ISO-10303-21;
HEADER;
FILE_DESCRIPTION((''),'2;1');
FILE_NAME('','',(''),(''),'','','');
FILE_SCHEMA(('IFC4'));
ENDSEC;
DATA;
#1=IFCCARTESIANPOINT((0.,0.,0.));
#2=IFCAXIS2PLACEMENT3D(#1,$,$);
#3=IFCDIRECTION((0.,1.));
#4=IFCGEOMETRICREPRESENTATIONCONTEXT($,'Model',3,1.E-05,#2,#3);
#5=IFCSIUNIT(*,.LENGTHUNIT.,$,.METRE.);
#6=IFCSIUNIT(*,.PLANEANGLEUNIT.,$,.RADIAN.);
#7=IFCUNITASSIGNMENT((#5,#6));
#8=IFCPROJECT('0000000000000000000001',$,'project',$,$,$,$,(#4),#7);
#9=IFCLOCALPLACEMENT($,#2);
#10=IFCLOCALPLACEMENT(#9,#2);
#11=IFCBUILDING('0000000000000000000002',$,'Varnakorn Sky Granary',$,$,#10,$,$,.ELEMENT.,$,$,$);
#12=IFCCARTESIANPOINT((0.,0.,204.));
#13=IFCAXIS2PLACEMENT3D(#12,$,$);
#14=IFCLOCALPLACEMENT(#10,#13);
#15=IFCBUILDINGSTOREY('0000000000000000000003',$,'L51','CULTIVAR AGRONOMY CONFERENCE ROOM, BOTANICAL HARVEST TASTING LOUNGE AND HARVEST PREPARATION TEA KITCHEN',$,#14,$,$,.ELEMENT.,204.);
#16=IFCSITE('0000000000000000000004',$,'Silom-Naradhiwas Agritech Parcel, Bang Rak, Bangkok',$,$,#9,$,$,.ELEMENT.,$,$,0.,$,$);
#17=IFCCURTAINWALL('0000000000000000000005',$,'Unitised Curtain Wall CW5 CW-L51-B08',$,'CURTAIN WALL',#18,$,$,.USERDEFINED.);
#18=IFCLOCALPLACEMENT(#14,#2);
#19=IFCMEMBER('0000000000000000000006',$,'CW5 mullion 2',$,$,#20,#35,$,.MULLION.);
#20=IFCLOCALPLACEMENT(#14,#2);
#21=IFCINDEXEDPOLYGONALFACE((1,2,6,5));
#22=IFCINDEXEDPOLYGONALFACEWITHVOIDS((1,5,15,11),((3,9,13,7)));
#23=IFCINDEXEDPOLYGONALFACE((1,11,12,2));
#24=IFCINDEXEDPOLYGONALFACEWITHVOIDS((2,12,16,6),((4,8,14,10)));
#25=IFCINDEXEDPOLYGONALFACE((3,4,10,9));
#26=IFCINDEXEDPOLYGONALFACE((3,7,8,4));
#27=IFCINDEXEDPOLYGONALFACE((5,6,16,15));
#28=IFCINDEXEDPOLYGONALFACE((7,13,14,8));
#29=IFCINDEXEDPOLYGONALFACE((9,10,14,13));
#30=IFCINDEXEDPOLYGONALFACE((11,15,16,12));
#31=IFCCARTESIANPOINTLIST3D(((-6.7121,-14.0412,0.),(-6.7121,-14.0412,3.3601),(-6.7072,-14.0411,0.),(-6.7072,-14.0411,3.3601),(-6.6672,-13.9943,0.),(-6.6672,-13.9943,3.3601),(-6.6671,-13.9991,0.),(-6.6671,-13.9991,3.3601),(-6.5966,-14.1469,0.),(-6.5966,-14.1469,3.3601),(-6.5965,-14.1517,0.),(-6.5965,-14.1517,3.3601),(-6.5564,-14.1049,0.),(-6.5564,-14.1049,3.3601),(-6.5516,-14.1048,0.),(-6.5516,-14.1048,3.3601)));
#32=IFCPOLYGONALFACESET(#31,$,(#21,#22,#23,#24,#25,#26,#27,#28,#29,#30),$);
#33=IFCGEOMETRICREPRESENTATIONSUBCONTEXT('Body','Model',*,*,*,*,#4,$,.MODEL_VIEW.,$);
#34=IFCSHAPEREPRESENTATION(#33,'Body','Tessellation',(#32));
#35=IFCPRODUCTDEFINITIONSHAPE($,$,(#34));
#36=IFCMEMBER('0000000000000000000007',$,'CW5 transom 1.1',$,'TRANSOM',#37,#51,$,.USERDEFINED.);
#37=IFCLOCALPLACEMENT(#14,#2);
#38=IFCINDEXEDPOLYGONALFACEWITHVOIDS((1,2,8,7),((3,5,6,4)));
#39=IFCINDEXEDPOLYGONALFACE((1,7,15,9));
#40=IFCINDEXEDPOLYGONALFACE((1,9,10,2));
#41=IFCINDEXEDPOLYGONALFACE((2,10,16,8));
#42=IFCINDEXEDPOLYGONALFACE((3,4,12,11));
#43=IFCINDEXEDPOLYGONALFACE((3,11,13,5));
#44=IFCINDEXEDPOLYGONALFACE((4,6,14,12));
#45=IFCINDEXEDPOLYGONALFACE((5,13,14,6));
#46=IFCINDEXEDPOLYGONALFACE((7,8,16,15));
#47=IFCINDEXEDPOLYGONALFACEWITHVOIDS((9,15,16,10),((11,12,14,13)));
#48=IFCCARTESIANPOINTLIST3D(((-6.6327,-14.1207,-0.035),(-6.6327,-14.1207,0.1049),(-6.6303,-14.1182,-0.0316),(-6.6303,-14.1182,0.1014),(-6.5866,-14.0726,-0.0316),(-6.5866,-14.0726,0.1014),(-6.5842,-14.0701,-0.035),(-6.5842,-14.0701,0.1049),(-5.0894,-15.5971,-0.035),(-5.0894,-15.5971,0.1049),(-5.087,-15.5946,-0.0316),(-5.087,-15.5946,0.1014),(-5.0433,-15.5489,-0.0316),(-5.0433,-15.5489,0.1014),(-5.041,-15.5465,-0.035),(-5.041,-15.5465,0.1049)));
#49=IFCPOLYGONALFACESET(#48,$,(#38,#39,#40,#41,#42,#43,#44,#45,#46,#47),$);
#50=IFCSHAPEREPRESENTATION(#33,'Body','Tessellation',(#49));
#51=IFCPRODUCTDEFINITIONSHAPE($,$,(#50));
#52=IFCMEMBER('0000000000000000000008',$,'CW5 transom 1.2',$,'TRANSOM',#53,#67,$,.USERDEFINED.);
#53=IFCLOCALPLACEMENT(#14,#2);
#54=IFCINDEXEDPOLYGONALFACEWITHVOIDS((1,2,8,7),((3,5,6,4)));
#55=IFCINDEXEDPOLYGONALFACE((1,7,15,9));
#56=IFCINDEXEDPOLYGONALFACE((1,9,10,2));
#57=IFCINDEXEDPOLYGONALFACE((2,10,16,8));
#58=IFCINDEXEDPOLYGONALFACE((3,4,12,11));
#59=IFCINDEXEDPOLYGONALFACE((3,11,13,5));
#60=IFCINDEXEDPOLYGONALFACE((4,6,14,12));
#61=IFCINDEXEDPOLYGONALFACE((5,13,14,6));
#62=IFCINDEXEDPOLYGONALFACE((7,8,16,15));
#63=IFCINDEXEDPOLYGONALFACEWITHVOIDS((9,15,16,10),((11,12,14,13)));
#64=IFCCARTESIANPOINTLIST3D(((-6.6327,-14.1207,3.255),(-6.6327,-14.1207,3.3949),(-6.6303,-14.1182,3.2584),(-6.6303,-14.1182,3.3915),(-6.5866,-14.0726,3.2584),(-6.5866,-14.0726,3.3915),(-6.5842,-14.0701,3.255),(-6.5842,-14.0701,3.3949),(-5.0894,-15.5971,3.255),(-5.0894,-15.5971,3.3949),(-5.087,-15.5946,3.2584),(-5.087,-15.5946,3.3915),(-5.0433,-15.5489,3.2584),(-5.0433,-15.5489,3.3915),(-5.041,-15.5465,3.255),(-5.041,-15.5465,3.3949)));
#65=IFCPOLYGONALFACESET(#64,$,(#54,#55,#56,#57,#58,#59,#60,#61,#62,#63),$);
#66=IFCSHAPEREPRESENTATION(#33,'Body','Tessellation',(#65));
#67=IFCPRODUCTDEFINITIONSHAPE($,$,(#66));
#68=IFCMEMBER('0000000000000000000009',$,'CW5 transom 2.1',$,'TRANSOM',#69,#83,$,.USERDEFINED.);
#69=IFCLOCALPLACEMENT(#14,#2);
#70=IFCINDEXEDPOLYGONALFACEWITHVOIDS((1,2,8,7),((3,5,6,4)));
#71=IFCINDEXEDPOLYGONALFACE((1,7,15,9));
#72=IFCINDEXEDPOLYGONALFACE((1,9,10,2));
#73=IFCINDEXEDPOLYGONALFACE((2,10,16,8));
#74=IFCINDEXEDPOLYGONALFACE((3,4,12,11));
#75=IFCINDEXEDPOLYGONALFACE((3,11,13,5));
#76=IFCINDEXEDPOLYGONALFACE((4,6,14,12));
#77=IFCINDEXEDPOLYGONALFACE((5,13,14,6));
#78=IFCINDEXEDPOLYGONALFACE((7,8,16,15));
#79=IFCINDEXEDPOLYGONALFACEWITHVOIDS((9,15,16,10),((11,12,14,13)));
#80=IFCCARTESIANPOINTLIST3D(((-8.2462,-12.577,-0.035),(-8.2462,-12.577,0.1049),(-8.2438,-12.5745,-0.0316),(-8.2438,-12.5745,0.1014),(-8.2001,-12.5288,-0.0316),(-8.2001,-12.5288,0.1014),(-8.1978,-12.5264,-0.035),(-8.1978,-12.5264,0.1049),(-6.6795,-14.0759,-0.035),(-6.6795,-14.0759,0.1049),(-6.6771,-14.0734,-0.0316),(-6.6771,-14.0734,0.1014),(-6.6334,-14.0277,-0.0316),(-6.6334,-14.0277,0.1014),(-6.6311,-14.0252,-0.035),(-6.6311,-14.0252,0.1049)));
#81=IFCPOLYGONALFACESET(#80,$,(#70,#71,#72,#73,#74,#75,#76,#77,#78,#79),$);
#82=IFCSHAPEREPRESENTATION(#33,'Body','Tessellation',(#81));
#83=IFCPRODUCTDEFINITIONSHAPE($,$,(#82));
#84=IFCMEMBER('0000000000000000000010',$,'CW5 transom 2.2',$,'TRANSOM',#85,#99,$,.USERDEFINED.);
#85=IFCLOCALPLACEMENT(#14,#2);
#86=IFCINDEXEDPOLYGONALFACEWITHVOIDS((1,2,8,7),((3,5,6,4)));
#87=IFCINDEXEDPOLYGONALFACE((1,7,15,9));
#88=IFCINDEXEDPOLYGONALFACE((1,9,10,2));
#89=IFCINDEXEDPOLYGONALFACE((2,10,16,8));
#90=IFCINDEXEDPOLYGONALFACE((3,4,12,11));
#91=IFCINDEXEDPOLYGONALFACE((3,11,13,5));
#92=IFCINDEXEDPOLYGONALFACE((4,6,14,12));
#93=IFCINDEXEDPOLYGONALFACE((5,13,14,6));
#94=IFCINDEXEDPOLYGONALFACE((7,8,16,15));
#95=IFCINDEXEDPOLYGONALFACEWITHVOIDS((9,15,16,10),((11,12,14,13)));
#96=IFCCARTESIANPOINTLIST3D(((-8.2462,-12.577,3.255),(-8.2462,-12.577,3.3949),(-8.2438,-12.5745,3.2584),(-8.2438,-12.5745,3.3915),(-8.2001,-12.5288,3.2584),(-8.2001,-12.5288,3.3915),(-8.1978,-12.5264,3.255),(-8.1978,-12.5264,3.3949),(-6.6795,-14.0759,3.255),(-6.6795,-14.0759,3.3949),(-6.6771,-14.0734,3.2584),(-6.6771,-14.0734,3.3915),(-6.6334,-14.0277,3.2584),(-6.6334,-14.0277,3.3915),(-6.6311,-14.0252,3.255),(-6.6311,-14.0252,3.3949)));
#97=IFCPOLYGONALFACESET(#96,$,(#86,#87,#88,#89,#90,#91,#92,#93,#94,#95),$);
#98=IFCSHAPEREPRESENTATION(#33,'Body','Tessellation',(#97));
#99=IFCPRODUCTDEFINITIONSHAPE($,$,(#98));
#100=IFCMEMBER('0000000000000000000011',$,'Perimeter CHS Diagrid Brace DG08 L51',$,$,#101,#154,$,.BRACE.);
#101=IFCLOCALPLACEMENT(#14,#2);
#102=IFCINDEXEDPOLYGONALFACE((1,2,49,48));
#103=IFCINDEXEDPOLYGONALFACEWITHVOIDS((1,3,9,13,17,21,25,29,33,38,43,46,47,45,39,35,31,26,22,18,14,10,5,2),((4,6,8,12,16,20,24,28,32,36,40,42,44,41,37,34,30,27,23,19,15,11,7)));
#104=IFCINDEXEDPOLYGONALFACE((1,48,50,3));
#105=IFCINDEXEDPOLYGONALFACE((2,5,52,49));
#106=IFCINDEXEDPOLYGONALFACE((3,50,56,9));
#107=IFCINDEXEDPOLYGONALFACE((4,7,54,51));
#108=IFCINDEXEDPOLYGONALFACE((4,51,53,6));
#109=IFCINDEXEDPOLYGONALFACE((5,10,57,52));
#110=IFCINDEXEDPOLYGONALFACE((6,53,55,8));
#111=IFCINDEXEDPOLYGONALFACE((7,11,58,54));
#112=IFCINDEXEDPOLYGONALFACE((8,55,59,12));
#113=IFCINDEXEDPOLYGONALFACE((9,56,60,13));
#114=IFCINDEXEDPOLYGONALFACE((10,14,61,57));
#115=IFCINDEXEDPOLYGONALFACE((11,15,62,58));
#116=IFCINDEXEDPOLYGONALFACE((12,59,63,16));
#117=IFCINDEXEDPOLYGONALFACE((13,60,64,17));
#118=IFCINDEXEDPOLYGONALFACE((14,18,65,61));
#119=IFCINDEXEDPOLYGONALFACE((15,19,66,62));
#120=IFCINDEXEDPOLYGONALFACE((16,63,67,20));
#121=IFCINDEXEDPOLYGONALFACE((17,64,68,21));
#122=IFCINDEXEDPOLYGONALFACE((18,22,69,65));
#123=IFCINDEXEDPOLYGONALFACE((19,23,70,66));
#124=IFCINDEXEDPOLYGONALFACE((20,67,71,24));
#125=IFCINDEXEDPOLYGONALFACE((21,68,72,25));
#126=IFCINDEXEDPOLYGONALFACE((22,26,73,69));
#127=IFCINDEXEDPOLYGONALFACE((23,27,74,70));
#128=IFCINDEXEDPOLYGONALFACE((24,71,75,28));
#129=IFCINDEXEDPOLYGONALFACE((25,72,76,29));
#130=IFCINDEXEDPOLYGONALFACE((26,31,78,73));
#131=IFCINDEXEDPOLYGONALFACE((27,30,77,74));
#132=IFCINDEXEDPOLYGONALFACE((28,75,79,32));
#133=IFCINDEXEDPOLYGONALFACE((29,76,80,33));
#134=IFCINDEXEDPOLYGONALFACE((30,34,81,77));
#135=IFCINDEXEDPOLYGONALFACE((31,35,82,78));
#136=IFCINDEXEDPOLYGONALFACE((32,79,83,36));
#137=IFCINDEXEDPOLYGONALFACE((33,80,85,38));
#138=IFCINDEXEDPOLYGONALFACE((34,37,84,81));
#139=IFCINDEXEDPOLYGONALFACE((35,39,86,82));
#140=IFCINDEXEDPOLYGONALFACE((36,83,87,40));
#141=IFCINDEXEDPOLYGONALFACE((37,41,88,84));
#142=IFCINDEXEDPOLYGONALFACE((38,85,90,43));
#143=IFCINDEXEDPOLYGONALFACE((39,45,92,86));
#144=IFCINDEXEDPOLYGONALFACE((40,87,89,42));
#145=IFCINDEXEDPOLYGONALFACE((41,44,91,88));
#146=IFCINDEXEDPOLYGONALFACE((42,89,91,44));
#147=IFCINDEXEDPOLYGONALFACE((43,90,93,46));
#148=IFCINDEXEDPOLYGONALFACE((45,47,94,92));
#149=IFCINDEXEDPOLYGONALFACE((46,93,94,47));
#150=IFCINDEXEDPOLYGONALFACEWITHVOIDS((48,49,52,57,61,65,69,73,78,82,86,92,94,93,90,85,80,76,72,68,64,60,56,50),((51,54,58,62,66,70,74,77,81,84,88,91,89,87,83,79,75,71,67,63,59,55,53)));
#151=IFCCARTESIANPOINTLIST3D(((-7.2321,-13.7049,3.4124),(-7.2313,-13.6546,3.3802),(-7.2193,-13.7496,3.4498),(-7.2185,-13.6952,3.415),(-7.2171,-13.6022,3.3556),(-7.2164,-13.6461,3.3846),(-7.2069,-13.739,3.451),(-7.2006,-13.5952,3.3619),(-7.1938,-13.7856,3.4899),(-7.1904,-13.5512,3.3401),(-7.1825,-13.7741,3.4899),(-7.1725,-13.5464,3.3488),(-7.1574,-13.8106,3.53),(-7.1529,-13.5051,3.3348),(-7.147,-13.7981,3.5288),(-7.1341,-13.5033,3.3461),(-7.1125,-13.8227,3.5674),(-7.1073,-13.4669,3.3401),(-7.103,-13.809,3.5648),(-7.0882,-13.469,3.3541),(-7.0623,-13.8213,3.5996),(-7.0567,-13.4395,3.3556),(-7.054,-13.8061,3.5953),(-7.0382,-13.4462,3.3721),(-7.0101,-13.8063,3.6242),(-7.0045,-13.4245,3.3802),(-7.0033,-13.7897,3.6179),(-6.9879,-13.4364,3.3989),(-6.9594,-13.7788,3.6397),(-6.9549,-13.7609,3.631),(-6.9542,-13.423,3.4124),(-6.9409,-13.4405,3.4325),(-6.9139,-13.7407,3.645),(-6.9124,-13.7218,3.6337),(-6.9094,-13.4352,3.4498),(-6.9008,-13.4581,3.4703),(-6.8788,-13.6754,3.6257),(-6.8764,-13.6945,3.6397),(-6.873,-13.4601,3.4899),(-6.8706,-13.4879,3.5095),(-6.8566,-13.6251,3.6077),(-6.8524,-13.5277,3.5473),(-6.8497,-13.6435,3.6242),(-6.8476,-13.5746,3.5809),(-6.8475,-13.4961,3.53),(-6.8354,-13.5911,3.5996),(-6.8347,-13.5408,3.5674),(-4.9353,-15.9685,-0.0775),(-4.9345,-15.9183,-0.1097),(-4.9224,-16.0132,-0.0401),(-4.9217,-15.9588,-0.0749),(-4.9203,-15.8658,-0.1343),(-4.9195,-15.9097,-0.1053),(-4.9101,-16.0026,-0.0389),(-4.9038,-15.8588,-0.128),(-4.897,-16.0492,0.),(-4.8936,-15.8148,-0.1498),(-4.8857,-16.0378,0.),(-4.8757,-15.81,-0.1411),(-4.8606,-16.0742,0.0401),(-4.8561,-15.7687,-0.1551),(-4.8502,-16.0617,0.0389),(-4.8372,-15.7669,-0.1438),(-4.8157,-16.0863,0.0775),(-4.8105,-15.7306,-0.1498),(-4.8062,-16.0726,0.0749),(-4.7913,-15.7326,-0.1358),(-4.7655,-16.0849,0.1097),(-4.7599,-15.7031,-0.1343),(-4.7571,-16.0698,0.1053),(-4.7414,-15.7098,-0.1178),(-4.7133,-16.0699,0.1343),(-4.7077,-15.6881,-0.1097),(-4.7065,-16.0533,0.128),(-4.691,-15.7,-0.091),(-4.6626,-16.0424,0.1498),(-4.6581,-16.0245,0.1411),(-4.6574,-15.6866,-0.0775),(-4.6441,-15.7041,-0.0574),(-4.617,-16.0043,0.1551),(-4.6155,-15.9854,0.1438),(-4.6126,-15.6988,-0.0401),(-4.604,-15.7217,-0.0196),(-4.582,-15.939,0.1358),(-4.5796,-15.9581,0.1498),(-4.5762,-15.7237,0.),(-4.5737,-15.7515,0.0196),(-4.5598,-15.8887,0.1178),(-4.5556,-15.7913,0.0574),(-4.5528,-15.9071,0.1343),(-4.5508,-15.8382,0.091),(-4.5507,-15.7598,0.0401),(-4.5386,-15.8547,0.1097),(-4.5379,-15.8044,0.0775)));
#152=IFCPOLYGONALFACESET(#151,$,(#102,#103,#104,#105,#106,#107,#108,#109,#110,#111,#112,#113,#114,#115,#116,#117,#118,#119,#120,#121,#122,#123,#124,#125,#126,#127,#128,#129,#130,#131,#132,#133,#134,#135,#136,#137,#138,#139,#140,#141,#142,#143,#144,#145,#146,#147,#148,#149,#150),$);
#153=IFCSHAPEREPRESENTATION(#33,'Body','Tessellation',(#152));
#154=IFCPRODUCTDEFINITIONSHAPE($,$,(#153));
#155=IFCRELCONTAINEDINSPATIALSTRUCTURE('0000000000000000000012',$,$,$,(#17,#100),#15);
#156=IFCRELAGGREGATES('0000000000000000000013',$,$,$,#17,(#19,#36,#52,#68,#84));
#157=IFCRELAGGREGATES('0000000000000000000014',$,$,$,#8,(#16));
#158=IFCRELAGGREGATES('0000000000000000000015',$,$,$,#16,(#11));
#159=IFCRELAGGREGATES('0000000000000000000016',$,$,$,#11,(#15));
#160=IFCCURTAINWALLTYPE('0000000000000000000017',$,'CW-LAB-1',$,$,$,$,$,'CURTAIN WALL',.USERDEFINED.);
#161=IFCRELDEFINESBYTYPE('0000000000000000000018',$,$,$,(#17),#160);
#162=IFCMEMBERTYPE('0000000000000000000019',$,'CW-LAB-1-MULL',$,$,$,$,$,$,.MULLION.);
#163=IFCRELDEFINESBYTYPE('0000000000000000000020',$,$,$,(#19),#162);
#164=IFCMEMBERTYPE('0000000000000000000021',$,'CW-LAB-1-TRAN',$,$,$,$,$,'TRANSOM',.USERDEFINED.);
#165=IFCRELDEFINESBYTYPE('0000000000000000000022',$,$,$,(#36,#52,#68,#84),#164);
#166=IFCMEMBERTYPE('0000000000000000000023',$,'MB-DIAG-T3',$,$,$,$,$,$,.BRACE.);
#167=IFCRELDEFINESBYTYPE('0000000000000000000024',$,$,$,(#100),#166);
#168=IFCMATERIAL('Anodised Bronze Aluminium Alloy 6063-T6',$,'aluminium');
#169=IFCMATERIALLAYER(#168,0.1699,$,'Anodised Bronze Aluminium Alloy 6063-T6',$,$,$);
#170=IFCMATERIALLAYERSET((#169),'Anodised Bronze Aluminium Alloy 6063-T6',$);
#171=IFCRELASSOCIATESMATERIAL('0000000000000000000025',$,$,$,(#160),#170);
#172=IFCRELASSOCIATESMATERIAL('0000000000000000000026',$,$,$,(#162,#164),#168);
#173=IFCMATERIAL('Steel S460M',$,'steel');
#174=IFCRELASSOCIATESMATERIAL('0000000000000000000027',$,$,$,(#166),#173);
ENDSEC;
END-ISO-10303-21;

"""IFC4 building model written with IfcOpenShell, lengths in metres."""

from ifc_helpers import new_model, si_unit, direction, frame, origin, origin_2d, place, context, subcontext, project, spatial, hollow_rectangle, hollow_circle, extrude, material, layer, layer_set, material_profile, profile_set, type_object, element, aggregate, save


model = new_model("IFC4")

# Units and contexts
model_context = context("Model", 3, precision=1e-05, world=origin(), true_north=direction((0.0, 1.0)))
body_context = subcontext(model_context, "Body", "Model", "MODEL_VIEW")
ifc_project = project(units=[si_unit("LENGTHUNIT", "METRE"), si_unit("PLANEANGLEUNIT", "RADIAN")], contexts=[model_context])

# Site, building, storey
site_placement = place(None, origin())
site = spatial("IfcSite", under=ifc_project, at=site_placement, Name="Silom-Naradhiwas Agritech Parcel, Bang Rak, Bangkok", CompositionType="ELEMENT", RefElevation=0.0)
building_placement = place(site_placement, origin())
building = spatial("IfcBuilding", under=site, at=building_placement, Name="Varnakorn Sky Granary", CompositionType="ELEMENT")
storey_placement = place(building_placement, frame((0.0, 0.0, 204.0)))
storey = spatial("IfcBuildingStorey", under=building, at=storey_placement, Name="L51", Description="CULTIVAR AGRONOMY CONFERENCE ROOM, BOTANICAL HARVEST TASTING LOUNGE AND HARVEST PREPARATION TEA KITCHEN", CompositionType="ELEMENT", Elevation=204.0)

# Shared definitions
ifc_material_1 = material(Name="Steel S460M", Category="steel")

# Curtain wall, members
ifc_material_2 = material(Name="Anodised Bronze Aluminium Alloy 6063-T6", Category="aluminium")
ifc_layer_1 = layer(ifc_material_2, 0.1699, Name="Anodised Bronze Aluminium Alloy 6063-T6")
ifc_layer_set_1 = layer_set([ifc_layer_1], Name="Anodised Bronze Aluminium Alloy 6063-T6")
curtain_wall_type = type_object("IfcCurtainWallType", Name="CW-LAB-1", ElementType="CURTAIN WALL", PredefinedType="USERDEFINED", material=ifc_layer_set_1)
curtain_wall_placement = place(storey_placement, origin())
curtain_wall = element("IfcCurtainWall", 1, at=curtain_wall_placement, inside=storey, type_object=curtain_wall_type, Name="Unitised Curtain Wall CW5 CW-L51-B08", ObjectType="CURTAIN WALL", PredefinedType="USERDEFINED")
ifc_material_profile_1 = material_profile(ifc_material_2, hollow_rectangle(XDim=0.0649, YDim=0.1599, WallThickness=0.0034, at=origin_2d()), Name="ALU MULL 65x160")
ifc_profile_set_1 = profile_set([ifc_material_profile_1], Name="Anodised Bronze Aluminium Alloy 6063-T6")
member_type_1 = type_object("IfcMemberType", Name="CW-LAB-1-MULL", PredefinedType="MULLION", material=ifc_profile_set_1)
member_1_placement = place(storey_placement, frame((-6.6318, -14.073, 0.0), z_axis=(0.0, 0.0, 1.0), x_axis=(-0.691317, -0.722551, 0.0)))
member_1 = element("IfcMember", 2, at=member_1_placement, type_object=member_type_1, Name="CW5 mullion 2", PredefinedType="MULLION", context=body_context, shape_type="SweptSolid", body=[
    extrude(hollow_rectangle(XDim=0.0649, YDim=0.1599, WallThickness=0.0034, at=origin_2d()), origin(), (0.0, 0.0, 1.0), 3.3601),
])
ifc_material_profile_2 = material_profile(ifc_material_2, hollow_rectangle(XDim=0.0701, YDim=0.1399, WallThickness=0.0034, at=origin_2d()), Name="ALU TRAN 70x140")
ifc_profile_set_2 = profile_set([ifc_material_profile_2], Name="Anodised Bronze Aluminium Alloy 6063-T6")
member_type_2 = type_object("IfcMemberType", Name="CW-LAB-1-TRAN", ElementType="TRANSOM", PredefinedType="USERDEFINED", material=ifc_profile_set_2)
member_2_placement = place(storey_placement, frame((-5.0652, -15.5718, 0.0349), z_axis=(-0.722595, 0.691272, 0.0), x_axis=(-0.691272, -0.722595, 0.0)))
member_2 = element("IfcMember", 3, at=member_2_placement, type_object=member_type_2, Name="CW5 transom 1.1", ObjectType="TRANSOM", PredefinedType="USERDEFINED", context=body_context, shape_type="SweptSolid", body=[
    extrude(hollow_rectangle(XDim=0.0701, YDim=0.1399, WallThickness=0.0034, at=origin_2d()), origin(), (0.0, 0.0, 1.0), 2.1357),
])
member_3_placement = place(storey_placement, frame((-5.0652, -15.5718, 3.325), z_axis=(-0.722595, 0.691272, 0.0), x_axis=(-0.691272, -0.722595, 0.0)))
member_3 = element("IfcMember", 4, at=member_3_placement, type_object=member_type_2, Name="CW5 transom 1.2", ObjectType="TRANSOM", PredefinedType="USERDEFINED", context=body_context, shape_type="SweptSolid", body=[
    extrude(hollow_rectangle(XDim=0.0701, YDim=0.1399, WallThickness=0.0034, at=origin_2d()), origin(), (0.0, 0.0, 1.0), 2.1357),
])
member_4_placement = place(storey_placement, frame((-6.6553, -14.0505, 0.0349), z_axis=(-0.722586, 0.691281, 0.0), x_axis=(-0.691281, -0.722586, 0.0)))
member_4 = element("IfcMember", 5, at=member_4_placement, type_object=member_type_2, Name="CW5 transom 2.1", ObjectType="TRANSOM", PredefinedType="USERDEFINED", context=body_context, shape_type="SweptSolid", body=[
    extrude(hollow_rectangle(XDim=0.0701, YDim=0.1399, WallThickness=0.0034, at=origin_2d()), origin(), (0.0, 0.0, 1.0), 2.1682),
])
member_5_placement = place(storey_placement, frame((-6.6553, -14.0505, 3.325), z_axis=(-0.722586, 0.691281, 0.0), x_axis=(-0.691281, -0.722586, 0.0)))
member_5 = element("IfcMember", 6, at=member_5_placement, type_object=member_type_2, Name="CW5 transom 2.2", ObjectType="TRANSOM", PredefinedType="USERDEFINED", context=body_context, shape_type="SweptSolid", body=[
    extrude(hollow_rectangle(XDim=0.0701, YDim=0.1399, WallThickness=0.0034, at=origin_2d()), origin(), (0.0, 0.0, 1.0), 2.1682),
])

# Member
ifc_material_profile_3 = material_profile(ifc_material_1, hollow_circle(Radius=0.2285, WallThickness=0.0161, at=origin_2d()), Name="CHS 457x16")
ifc_profile_set_3 = profile_set([ifc_material_profile_3], Name="Steel S460M")
member_type_3 = type_object("IfcMemberType", Name="MB-DIAG-T3", PredefinedType="BRACE", material=ifc_profile_set_3)
member_6_placement = place(storey_placement, frame((-4.7366, -15.8865, 0.0), z_axis=(-0.483367, 0.476379, 0.734452), x_axis=(-0.70194, -0.712236, 0.0)))
element("IfcMember", 7, at=member_6_placement, inside=storey, type_object=member_type_3, Name="Perimeter CHS Diagrid Brace DG08 L51", PredefinedType="BRACE", context=body_context, shape_type="SweptSolid", body=[
    extrude(hollow_circle(Radius=0.2285, WallThickness=0.0161, at=origin_2d()), origin(), (0.0, 0.0, 1.0), 4.7517),
])

aggregate(curtain_wall, [member_1, member_2, member_3, member_4, member_5])

save(model, "model.ifc")
